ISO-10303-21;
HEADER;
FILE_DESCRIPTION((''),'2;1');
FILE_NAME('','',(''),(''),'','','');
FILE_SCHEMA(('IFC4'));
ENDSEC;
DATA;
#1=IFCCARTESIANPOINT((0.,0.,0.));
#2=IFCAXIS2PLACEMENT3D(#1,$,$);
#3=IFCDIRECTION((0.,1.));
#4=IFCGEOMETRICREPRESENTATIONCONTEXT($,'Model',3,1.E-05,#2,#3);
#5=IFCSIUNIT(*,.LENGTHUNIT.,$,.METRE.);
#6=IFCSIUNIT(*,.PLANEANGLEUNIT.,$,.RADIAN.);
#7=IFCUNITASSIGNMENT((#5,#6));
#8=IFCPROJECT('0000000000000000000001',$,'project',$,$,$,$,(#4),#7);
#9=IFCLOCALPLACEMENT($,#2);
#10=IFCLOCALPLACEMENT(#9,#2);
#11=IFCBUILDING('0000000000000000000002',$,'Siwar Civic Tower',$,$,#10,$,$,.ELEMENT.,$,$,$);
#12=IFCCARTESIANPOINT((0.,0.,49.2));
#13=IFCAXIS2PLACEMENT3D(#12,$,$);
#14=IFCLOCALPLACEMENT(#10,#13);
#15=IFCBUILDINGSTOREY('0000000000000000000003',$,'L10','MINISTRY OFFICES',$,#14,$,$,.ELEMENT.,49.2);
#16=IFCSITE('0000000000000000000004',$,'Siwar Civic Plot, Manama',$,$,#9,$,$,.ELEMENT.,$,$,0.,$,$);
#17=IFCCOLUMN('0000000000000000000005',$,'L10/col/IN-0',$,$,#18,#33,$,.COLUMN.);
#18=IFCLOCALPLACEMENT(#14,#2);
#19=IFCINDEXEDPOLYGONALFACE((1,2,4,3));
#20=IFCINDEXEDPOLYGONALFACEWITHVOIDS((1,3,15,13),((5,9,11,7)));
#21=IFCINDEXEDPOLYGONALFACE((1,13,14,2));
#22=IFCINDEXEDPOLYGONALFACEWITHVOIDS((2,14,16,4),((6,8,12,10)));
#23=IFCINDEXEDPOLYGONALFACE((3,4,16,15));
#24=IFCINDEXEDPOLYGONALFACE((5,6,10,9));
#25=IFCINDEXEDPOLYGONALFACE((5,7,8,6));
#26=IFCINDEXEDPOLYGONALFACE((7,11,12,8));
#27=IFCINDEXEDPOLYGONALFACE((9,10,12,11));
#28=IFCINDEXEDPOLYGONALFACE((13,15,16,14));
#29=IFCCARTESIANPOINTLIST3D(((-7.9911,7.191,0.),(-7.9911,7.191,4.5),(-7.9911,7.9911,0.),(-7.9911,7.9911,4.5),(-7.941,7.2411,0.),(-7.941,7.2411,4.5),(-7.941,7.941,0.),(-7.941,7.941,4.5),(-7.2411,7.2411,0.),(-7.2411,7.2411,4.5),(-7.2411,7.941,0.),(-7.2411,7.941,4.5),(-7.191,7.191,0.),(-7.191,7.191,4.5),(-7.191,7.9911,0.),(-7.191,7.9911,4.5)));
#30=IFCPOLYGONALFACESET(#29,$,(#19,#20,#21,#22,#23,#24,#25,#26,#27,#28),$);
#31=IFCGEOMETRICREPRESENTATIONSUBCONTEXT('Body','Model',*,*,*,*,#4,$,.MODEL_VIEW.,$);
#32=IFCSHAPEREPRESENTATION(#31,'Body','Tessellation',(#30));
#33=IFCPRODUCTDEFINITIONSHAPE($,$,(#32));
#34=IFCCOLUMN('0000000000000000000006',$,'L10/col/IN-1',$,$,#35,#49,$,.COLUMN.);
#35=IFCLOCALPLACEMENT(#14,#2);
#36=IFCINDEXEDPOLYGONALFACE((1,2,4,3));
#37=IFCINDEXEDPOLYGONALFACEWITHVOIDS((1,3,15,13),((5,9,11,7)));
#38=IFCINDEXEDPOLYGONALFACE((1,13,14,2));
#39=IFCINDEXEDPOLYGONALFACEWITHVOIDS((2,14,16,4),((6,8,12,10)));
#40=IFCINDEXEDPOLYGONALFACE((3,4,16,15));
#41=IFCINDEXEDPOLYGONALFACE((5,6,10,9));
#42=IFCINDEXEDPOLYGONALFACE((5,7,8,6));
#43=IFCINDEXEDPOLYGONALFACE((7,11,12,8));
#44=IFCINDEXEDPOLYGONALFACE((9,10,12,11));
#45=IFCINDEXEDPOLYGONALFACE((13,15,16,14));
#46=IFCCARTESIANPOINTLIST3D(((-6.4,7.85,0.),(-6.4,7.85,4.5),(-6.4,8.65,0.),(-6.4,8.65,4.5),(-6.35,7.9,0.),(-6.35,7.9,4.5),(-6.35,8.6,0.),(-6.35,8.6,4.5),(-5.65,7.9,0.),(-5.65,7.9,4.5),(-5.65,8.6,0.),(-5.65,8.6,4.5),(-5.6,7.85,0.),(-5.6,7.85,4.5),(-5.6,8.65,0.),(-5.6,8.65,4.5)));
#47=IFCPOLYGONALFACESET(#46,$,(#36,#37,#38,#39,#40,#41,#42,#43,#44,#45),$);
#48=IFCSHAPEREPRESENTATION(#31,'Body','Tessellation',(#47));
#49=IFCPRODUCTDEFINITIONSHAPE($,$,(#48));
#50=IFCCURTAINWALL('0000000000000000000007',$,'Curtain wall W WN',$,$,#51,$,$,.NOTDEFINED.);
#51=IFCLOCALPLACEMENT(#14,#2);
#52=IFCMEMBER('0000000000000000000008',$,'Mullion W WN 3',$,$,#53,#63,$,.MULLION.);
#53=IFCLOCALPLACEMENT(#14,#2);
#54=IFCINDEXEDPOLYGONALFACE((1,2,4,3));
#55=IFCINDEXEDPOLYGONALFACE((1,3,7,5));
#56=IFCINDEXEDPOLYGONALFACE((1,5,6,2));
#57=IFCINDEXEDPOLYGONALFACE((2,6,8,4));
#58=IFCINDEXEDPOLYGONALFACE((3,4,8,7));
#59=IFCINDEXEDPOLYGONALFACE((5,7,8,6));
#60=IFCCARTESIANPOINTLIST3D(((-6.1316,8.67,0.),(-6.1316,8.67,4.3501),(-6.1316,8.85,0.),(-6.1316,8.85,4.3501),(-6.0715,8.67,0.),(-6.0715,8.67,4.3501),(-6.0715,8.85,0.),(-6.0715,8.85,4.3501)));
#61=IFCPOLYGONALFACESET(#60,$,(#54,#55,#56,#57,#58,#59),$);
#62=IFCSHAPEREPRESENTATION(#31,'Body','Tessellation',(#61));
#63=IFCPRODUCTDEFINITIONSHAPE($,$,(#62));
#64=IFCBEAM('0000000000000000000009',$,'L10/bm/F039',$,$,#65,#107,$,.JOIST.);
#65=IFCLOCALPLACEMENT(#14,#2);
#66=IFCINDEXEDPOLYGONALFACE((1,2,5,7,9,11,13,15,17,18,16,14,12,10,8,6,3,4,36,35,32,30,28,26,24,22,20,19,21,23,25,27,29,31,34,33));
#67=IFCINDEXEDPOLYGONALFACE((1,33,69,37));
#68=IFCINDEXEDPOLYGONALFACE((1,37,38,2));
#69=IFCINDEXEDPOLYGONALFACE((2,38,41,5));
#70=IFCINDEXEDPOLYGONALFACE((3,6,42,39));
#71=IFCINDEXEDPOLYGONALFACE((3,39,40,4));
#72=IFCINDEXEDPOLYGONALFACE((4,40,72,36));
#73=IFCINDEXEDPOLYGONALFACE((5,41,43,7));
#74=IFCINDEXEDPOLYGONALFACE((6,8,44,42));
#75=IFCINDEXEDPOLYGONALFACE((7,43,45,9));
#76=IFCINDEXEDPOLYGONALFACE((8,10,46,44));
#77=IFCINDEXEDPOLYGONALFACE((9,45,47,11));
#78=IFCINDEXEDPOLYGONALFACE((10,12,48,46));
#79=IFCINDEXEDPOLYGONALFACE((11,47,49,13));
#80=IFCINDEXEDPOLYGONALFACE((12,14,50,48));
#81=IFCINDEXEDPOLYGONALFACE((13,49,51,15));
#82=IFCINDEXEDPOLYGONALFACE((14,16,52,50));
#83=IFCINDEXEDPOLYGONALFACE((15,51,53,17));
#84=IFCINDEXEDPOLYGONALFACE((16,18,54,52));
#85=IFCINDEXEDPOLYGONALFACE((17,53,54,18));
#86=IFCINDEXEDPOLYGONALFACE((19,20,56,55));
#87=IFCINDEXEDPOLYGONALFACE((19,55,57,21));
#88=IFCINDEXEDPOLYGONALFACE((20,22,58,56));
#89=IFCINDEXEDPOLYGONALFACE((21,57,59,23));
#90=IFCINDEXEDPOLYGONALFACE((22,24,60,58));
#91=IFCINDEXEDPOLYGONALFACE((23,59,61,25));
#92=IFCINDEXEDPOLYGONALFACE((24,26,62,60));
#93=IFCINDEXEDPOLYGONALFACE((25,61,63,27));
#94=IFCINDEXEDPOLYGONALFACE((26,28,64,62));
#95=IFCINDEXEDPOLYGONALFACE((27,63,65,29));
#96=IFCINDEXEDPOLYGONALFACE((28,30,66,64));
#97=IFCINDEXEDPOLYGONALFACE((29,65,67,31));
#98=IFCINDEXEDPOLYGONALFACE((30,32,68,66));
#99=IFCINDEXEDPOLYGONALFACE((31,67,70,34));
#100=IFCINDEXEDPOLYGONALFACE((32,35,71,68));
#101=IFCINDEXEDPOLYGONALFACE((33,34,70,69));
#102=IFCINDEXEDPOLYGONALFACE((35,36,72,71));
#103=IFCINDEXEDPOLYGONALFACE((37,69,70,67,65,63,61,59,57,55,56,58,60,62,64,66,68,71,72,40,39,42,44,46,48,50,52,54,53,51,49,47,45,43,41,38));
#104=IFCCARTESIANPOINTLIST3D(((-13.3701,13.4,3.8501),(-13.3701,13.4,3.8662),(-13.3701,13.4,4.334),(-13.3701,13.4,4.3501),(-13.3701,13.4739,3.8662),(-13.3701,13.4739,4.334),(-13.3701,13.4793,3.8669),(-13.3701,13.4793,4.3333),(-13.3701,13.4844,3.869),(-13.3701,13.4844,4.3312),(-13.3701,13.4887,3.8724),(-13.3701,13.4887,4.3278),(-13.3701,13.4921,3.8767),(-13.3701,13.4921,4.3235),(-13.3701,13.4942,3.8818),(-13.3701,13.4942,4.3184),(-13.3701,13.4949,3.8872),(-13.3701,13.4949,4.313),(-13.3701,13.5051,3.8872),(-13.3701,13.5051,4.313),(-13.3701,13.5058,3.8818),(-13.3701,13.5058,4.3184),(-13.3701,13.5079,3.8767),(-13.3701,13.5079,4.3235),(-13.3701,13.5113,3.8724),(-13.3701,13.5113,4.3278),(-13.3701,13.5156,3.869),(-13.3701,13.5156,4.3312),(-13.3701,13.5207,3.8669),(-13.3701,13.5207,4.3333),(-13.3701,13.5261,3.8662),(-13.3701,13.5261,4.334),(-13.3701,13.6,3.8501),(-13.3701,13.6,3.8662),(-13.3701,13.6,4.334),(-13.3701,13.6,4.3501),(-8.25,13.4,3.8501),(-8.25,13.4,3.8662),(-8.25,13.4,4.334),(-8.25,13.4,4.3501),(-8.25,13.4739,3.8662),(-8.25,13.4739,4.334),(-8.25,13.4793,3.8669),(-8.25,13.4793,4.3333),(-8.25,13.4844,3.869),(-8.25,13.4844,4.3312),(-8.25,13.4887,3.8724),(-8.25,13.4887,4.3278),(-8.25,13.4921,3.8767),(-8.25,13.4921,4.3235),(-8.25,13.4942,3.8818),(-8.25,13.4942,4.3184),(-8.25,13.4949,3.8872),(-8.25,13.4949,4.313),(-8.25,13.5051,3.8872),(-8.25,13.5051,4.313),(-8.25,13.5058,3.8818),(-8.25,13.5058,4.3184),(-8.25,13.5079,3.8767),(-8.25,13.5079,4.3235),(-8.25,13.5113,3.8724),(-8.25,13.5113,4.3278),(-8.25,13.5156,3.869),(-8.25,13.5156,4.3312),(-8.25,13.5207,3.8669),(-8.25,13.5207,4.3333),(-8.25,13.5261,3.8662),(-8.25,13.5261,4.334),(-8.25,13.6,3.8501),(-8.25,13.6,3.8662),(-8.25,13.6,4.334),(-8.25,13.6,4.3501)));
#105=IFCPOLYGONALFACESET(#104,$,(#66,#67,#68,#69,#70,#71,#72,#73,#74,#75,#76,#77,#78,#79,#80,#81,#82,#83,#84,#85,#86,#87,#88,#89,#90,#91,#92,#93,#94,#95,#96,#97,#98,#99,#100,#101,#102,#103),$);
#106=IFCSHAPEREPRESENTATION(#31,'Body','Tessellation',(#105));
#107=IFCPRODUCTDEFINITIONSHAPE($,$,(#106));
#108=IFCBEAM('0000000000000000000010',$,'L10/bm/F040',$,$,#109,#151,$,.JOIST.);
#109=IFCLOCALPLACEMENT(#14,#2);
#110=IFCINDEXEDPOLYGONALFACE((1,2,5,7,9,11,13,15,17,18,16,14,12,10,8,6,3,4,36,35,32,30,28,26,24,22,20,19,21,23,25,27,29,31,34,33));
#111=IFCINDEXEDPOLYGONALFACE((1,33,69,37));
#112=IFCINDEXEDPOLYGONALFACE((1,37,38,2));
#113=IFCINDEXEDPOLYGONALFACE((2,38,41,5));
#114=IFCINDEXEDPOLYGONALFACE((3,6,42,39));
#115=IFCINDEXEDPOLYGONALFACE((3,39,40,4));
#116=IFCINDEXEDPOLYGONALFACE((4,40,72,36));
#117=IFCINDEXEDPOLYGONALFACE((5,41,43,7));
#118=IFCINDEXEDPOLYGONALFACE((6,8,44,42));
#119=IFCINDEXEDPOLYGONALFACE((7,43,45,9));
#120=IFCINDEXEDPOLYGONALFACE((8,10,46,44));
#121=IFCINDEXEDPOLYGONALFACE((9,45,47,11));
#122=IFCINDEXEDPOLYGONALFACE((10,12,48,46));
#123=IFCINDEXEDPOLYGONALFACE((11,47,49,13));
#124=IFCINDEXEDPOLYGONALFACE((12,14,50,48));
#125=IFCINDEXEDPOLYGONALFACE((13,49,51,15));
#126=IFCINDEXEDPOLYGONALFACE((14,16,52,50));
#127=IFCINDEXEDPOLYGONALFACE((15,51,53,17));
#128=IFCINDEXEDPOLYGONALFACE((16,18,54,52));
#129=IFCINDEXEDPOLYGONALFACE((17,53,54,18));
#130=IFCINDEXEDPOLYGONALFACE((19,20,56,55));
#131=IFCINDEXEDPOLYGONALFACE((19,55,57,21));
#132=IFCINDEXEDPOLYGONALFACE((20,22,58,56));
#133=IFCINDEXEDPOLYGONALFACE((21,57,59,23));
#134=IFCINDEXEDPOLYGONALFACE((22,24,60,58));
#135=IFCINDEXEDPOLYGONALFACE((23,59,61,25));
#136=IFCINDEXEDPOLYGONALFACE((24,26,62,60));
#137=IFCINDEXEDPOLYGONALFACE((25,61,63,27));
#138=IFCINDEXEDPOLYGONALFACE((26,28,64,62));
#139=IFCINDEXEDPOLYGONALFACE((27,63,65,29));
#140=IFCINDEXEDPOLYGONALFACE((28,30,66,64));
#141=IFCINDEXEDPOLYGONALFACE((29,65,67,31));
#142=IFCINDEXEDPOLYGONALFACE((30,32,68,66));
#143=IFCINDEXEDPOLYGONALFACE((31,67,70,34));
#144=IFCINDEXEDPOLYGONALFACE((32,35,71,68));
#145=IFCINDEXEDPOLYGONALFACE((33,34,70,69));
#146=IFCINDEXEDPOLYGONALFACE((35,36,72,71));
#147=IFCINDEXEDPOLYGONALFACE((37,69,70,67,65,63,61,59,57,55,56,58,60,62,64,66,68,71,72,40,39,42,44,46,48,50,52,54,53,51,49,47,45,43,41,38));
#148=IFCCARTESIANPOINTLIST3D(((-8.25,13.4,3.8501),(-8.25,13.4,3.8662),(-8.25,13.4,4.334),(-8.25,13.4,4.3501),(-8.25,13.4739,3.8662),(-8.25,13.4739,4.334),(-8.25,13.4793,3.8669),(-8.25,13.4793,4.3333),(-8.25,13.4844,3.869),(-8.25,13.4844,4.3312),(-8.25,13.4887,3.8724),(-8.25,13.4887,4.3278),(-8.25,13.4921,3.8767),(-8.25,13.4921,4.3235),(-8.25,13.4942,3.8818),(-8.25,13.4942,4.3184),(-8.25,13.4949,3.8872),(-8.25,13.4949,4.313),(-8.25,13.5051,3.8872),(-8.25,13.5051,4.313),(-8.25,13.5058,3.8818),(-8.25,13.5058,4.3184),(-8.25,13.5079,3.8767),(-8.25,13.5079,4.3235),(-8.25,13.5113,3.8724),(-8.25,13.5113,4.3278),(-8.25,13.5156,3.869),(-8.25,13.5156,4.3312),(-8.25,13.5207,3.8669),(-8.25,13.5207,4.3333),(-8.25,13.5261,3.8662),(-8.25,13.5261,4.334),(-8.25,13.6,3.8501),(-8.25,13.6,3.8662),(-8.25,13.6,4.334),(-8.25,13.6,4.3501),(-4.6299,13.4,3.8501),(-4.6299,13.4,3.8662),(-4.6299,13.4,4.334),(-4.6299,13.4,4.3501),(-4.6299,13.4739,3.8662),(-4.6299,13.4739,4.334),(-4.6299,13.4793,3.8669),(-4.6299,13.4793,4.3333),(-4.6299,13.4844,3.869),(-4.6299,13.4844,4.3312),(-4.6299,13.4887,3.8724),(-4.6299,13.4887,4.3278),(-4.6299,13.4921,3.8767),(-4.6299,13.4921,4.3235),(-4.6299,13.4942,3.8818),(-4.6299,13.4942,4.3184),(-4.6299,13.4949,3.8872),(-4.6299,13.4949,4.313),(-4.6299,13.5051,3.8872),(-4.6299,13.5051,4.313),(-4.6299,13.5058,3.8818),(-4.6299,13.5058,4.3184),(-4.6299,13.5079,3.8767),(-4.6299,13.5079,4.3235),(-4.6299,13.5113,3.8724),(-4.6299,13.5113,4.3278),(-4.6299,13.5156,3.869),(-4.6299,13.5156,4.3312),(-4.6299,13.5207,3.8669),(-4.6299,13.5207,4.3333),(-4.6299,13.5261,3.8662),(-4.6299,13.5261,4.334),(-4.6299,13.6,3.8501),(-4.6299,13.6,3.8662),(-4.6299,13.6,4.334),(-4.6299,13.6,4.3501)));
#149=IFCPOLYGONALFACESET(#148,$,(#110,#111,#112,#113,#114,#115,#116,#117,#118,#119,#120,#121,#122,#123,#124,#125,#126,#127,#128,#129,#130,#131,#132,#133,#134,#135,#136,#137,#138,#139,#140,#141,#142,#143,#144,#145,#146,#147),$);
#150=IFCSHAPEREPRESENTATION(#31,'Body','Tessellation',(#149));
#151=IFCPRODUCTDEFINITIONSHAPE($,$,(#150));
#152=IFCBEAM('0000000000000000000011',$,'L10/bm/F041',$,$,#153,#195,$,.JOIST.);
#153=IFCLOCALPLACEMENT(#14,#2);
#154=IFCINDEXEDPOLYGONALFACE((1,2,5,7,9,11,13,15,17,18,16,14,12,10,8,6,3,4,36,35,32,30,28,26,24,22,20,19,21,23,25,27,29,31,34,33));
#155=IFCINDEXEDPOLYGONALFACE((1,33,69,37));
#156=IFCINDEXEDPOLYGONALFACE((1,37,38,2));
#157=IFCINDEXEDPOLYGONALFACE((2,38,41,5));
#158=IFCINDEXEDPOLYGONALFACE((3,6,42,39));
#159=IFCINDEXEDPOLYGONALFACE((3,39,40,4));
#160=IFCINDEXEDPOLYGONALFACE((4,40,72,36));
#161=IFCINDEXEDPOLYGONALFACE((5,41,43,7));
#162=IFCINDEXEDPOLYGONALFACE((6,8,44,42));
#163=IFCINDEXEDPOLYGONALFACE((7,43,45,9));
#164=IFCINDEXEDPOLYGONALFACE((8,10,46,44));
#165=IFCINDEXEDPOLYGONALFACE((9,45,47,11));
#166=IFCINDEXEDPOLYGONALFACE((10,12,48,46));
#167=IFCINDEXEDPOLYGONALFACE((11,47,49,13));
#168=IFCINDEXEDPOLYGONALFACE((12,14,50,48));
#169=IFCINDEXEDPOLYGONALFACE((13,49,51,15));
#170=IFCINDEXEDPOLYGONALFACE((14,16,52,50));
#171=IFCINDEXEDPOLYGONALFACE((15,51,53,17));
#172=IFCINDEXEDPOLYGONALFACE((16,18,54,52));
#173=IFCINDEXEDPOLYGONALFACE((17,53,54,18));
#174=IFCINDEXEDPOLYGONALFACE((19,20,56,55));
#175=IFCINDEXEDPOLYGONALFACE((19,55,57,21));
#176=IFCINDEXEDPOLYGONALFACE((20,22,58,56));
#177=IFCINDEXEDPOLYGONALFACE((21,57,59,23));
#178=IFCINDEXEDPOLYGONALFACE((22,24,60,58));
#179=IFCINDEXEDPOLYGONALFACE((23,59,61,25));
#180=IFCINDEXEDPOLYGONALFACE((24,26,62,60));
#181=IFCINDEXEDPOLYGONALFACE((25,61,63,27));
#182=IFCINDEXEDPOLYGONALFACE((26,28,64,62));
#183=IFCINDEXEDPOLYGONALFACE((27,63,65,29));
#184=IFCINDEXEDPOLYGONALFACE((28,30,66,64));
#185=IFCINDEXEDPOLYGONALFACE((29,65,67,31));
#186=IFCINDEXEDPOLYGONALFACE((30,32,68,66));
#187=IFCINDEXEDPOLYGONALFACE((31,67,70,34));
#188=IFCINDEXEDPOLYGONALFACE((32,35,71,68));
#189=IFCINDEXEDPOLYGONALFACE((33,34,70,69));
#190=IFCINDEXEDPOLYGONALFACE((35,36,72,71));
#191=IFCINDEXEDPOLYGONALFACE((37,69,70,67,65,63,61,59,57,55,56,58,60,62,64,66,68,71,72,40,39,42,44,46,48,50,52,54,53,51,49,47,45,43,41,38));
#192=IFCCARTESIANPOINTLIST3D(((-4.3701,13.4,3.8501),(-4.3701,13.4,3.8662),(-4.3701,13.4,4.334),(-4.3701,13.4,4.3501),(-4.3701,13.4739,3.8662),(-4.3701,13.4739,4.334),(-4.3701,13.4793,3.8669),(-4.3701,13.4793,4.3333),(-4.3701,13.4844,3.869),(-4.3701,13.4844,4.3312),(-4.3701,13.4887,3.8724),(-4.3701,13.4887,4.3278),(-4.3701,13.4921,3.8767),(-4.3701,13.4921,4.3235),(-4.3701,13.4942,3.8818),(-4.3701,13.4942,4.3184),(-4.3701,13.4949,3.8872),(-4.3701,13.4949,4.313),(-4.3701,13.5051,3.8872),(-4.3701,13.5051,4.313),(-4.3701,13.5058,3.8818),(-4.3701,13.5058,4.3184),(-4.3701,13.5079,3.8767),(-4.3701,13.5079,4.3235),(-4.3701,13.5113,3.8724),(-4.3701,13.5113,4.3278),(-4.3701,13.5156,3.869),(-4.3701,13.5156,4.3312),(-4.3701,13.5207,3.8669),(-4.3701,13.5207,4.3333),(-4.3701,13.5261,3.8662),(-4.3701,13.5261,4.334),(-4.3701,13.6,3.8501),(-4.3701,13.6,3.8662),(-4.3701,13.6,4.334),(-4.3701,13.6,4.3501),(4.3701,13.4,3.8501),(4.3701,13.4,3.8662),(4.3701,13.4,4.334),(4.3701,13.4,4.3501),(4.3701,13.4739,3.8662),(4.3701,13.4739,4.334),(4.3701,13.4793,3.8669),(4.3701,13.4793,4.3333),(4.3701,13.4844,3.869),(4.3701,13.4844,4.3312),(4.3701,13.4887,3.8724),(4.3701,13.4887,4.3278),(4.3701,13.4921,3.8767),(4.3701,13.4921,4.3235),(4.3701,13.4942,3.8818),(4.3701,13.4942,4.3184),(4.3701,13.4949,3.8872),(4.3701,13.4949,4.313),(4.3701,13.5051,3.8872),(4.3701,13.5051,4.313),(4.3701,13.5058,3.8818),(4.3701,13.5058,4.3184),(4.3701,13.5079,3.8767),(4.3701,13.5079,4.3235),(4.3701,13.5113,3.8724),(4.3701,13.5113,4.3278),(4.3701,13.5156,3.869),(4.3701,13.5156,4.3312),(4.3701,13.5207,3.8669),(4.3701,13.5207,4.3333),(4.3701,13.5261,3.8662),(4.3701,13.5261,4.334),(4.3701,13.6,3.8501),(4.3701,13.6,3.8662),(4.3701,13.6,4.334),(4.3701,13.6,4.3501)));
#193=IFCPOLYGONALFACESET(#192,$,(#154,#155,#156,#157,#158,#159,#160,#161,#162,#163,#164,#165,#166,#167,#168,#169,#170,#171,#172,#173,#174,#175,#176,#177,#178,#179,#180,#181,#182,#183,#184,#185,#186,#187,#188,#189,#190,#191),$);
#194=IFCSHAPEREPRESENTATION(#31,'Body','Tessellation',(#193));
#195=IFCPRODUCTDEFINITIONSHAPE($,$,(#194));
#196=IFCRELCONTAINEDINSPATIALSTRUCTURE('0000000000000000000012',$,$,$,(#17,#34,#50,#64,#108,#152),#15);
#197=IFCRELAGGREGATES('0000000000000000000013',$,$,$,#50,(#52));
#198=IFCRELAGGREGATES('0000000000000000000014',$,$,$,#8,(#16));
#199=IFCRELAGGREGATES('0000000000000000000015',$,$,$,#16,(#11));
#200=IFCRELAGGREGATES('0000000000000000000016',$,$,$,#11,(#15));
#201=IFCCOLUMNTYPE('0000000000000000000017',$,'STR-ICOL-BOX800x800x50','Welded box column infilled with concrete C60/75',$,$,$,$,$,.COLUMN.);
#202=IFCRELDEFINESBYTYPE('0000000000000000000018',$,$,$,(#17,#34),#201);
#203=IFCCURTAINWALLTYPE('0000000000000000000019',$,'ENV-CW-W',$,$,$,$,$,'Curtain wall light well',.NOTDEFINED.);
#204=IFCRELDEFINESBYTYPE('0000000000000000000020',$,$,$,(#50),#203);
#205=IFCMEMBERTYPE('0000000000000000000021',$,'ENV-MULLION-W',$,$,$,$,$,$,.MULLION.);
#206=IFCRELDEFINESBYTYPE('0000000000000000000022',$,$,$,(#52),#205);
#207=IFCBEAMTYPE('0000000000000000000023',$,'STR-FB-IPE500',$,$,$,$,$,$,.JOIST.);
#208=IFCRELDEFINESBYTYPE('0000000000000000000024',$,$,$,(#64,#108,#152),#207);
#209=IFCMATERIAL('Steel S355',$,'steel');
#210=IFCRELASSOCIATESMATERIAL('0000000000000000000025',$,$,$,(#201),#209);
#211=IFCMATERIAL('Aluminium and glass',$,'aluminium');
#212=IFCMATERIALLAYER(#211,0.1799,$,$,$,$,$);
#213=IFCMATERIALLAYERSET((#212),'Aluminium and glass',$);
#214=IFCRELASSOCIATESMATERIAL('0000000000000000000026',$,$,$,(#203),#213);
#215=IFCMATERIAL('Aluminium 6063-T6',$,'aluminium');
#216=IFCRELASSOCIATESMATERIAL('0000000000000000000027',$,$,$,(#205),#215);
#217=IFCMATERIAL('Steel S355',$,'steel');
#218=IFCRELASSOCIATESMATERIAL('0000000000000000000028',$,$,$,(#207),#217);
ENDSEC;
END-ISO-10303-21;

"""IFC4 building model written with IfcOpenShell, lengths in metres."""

from ifc_helpers import new_model, si_unit, direction, frame, origin, origin_2d, place, context, subcontext, project, spatial, rectangle, hollow_rectangle, i_section, extrude, material, layer, layer_set, material_profile, profile_set, type_object, element, aggregate, save


model = new_model("IFC4")

# Units and contexts
model_context = context("Model", 3, precision=1e-05, world=origin(), true_north=direction((0.0, 1.0)))
body_context = subcontext(model_context, "Body", "Model", "MODEL_VIEW")
ifc_project = project(units=[si_unit("LENGTHUNIT", "METRE"), si_unit("PLANEANGLEUNIT", "RADIAN")], contexts=[model_context])

# Site, building, storey
site_placement = place(None, origin())
site = spatial("IfcSite", under=ifc_project, at=site_placement, Name="Siwar Civic Plot, Manama", CompositionType="ELEMENT", RefElevation=0.0)
building_placement = place(site_placement, origin())
building = spatial("IfcBuilding", under=site, at=building_placement, Name="Siwar Civic Tower", CompositionType="ELEMENT")
storey_placement = place(building_placement, frame((0.0, 0.0, 49.2)))
storey = spatial("IfcBuildingStorey", under=building, at=storey_placement, Name="L10", Description="MINISTRY OFFICES", CompositionType="ELEMENT", Elevation=49.2)

# Columns
ifc_material_1 = material(Name="Steel S355", Category="steel")
ifc_material_profile_1 = material_profile(ifc_material_1, hollow_rectangle(XDim=0.8, YDim=0.8, WallThickness=0.05, at=origin_2d()), Name="BOX800x800x50")
ifc_profile_set_1 = profile_set([ifc_material_profile_1], Name="Steel S355")
column_type = type_object("IfcColumnType", Name="STR-ICOL-BOX800x800x50", Description="Welded box column infilled with concrete C60/75", PredefinedType="COLUMN", material=ifc_profile_set_1)
for number, where, z_axis, x_axis, name in (
    (1, (-7.5911, 7.5911, 0.0), (0.0, 0.0, 1.0), (1.0, 0.0, 0.0), "L10/col/IN-0"),
    (2, (-6.0, 8.25, 0.0), (0.0, 0.0, 1.0), (1.0, 0.0, 0.0), "L10/col/IN-1"),
):
    element("IfcColumn", number, at=place(storey_placement, frame(where, z_axis=z_axis, x_axis=x_axis)), inside=storey, type_object=column_type, Name=name, PredefinedType="COLUMN", context=body_context, shape_type="SweptSolid", body=[
        extrude(hollow_rectangle(XDim=0.8, YDim=0.8, WallThickness=0.05, at=origin_2d()), origin(), (0.0, 0.0, 1.0), 4.5),
    ])

# Curtain wall, member
ifc_material_2 = material(Name="Aluminium and glass", Category="aluminium")
ifc_layer_1 = layer(ifc_material_2, 0.1799)
ifc_layer_set_1 = layer_set([ifc_layer_1], Name="Aluminium and glass")
curtain_wall_type = type_object("IfcCurtainWallType", Name="ENV-CW-W", ElementType="Curtain wall light well", PredefinedType="NOTDEFINED", material=ifc_layer_set_1)
curtain_wall_placement = place(storey_placement, origin())
curtain_wall = element("IfcCurtainWall", 3, at=curtain_wall_placement, inside=storey, type_object=curtain_wall_type, Name="Curtain wall W WN", PredefinedType="NOTDEFINED")
ifc_material_3 = material(Name="Aluminium 6063-T6", Category="aluminium")
ifc_material_profile_2 = material_profile(ifc_material_3, rectangle(XDim=0.1799, YDim=0.0601, at=origin_2d()), Name="AL 180x60")
ifc_profile_set_2 = profile_set([ifc_material_profile_2], Name="Aluminium 6063-T6")
member_type = type_object("IfcMemberType", Name="ENV-MULLION-W", PredefinedType="MULLION", material=ifc_profile_set_2)
member_placement = place(storey_placement, frame((-6.1016, 8.76, 0.0), z_axis=(0.0, 0.0, 1.0), x_axis=(0.0, -1.0, 0.0)))
member = element("IfcMember", 4, at=member_placement, type_object=member_type, Name="Mullion W WN 3", PredefinedType="MULLION", context=body_context, shape_type="SweptSolid", body=[
    extrude(rectangle(XDim=0.1799, YDim=0.0601, at=origin_2d()), origin(), (0.0, 0.0, 1.0), 4.3501),
])
aggregate(curtain_wall, [member])

# Beams
ifc_material_4 = material(Name="Steel S355", Category="steel")
ifc_material_profile_3 = material_profile(ifc_material_4, i_section(OverallWidth=0.2, OverallDepth=0.5, WebThickness=0.0103, FlangeThickness=0.0161, FilletRadius=0.021, at=origin_2d()), Name="IPE500")
ifc_profile_set_3 = profile_set([ifc_material_profile_3], Name="Steel S355")
beam_type_1 = type_object("IfcBeamType", Name="STR-FB-IPE500", PredefinedType="JOIST", material=ifc_profile_set_3)
beam_1_placement = place(storey_placement, frame((-13.3701, 13.5, 4.1001), z_axis=(1.0, 0.0, 0.0), x_axis=(0.0, 1.0, 0.0)))
element("IfcBeam", 5, at=beam_1_placement, inside=storey, type_object=beam_type_1, Name="L10/bm/F039", PredefinedType="JOIST", context=body_context, shape_type="SweptSolid", body=[
    extrude(i_section(OverallWidth=0.2, OverallDepth=0.5, WebThickness=0.0103, FlangeThickness=0.0161, FilletRadius=0.021, at=origin_2d()), origin(), (0.0, 0.0, 1.0), 5.1201),
])
beam_2_placement = place(storey_placement, frame((-8.25, 13.5, 4.1001), z_axis=(1.0, 0.0, 0.0), x_axis=(0.0, 1.0, 0.0)))
element("IfcBeam", 6, at=beam_2_placement, inside=storey, type_object=beam_type_1, Name="L10/bm/F040", PredefinedType="JOIST", context=body_context, shape_type="SweptSolid", body=[
    extrude(i_section(OverallWidth=0.2, OverallDepth=0.5, WebThickness=0.0103, FlangeThickness=0.0161, FilletRadius=0.021, at=origin_2d()), origin(), (0.0, 0.0, 1.0), 3.6201),
])
for number, where, z_axis, x_axis, name in (
    (7, (-4.3701, 13.5, 4.1001), (1.0, 0.0, 0.0), (0.0, 1.0, 0.0), "L10/bm/F041"),
):
    element("IfcBeam", number, at=place(storey_placement, frame(where, z_axis=z_axis, x_axis=x_axis)), inside=storey, type_object=beam_type_1, Name=name, PredefinedType="JOIST", context=body_context, shape_type="SweptSolid", body=[
        extrude(i_section(OverallWidth=0.2, OverallDepth=0.5, WebThickness=0.0103, FlangeThickness=0.0161, FilletRadius=0.021, at=origin_2d()), origin(), (0.0, 0.0, 1.0), 8.7402),
    ])

save(model, "model.ifc")
